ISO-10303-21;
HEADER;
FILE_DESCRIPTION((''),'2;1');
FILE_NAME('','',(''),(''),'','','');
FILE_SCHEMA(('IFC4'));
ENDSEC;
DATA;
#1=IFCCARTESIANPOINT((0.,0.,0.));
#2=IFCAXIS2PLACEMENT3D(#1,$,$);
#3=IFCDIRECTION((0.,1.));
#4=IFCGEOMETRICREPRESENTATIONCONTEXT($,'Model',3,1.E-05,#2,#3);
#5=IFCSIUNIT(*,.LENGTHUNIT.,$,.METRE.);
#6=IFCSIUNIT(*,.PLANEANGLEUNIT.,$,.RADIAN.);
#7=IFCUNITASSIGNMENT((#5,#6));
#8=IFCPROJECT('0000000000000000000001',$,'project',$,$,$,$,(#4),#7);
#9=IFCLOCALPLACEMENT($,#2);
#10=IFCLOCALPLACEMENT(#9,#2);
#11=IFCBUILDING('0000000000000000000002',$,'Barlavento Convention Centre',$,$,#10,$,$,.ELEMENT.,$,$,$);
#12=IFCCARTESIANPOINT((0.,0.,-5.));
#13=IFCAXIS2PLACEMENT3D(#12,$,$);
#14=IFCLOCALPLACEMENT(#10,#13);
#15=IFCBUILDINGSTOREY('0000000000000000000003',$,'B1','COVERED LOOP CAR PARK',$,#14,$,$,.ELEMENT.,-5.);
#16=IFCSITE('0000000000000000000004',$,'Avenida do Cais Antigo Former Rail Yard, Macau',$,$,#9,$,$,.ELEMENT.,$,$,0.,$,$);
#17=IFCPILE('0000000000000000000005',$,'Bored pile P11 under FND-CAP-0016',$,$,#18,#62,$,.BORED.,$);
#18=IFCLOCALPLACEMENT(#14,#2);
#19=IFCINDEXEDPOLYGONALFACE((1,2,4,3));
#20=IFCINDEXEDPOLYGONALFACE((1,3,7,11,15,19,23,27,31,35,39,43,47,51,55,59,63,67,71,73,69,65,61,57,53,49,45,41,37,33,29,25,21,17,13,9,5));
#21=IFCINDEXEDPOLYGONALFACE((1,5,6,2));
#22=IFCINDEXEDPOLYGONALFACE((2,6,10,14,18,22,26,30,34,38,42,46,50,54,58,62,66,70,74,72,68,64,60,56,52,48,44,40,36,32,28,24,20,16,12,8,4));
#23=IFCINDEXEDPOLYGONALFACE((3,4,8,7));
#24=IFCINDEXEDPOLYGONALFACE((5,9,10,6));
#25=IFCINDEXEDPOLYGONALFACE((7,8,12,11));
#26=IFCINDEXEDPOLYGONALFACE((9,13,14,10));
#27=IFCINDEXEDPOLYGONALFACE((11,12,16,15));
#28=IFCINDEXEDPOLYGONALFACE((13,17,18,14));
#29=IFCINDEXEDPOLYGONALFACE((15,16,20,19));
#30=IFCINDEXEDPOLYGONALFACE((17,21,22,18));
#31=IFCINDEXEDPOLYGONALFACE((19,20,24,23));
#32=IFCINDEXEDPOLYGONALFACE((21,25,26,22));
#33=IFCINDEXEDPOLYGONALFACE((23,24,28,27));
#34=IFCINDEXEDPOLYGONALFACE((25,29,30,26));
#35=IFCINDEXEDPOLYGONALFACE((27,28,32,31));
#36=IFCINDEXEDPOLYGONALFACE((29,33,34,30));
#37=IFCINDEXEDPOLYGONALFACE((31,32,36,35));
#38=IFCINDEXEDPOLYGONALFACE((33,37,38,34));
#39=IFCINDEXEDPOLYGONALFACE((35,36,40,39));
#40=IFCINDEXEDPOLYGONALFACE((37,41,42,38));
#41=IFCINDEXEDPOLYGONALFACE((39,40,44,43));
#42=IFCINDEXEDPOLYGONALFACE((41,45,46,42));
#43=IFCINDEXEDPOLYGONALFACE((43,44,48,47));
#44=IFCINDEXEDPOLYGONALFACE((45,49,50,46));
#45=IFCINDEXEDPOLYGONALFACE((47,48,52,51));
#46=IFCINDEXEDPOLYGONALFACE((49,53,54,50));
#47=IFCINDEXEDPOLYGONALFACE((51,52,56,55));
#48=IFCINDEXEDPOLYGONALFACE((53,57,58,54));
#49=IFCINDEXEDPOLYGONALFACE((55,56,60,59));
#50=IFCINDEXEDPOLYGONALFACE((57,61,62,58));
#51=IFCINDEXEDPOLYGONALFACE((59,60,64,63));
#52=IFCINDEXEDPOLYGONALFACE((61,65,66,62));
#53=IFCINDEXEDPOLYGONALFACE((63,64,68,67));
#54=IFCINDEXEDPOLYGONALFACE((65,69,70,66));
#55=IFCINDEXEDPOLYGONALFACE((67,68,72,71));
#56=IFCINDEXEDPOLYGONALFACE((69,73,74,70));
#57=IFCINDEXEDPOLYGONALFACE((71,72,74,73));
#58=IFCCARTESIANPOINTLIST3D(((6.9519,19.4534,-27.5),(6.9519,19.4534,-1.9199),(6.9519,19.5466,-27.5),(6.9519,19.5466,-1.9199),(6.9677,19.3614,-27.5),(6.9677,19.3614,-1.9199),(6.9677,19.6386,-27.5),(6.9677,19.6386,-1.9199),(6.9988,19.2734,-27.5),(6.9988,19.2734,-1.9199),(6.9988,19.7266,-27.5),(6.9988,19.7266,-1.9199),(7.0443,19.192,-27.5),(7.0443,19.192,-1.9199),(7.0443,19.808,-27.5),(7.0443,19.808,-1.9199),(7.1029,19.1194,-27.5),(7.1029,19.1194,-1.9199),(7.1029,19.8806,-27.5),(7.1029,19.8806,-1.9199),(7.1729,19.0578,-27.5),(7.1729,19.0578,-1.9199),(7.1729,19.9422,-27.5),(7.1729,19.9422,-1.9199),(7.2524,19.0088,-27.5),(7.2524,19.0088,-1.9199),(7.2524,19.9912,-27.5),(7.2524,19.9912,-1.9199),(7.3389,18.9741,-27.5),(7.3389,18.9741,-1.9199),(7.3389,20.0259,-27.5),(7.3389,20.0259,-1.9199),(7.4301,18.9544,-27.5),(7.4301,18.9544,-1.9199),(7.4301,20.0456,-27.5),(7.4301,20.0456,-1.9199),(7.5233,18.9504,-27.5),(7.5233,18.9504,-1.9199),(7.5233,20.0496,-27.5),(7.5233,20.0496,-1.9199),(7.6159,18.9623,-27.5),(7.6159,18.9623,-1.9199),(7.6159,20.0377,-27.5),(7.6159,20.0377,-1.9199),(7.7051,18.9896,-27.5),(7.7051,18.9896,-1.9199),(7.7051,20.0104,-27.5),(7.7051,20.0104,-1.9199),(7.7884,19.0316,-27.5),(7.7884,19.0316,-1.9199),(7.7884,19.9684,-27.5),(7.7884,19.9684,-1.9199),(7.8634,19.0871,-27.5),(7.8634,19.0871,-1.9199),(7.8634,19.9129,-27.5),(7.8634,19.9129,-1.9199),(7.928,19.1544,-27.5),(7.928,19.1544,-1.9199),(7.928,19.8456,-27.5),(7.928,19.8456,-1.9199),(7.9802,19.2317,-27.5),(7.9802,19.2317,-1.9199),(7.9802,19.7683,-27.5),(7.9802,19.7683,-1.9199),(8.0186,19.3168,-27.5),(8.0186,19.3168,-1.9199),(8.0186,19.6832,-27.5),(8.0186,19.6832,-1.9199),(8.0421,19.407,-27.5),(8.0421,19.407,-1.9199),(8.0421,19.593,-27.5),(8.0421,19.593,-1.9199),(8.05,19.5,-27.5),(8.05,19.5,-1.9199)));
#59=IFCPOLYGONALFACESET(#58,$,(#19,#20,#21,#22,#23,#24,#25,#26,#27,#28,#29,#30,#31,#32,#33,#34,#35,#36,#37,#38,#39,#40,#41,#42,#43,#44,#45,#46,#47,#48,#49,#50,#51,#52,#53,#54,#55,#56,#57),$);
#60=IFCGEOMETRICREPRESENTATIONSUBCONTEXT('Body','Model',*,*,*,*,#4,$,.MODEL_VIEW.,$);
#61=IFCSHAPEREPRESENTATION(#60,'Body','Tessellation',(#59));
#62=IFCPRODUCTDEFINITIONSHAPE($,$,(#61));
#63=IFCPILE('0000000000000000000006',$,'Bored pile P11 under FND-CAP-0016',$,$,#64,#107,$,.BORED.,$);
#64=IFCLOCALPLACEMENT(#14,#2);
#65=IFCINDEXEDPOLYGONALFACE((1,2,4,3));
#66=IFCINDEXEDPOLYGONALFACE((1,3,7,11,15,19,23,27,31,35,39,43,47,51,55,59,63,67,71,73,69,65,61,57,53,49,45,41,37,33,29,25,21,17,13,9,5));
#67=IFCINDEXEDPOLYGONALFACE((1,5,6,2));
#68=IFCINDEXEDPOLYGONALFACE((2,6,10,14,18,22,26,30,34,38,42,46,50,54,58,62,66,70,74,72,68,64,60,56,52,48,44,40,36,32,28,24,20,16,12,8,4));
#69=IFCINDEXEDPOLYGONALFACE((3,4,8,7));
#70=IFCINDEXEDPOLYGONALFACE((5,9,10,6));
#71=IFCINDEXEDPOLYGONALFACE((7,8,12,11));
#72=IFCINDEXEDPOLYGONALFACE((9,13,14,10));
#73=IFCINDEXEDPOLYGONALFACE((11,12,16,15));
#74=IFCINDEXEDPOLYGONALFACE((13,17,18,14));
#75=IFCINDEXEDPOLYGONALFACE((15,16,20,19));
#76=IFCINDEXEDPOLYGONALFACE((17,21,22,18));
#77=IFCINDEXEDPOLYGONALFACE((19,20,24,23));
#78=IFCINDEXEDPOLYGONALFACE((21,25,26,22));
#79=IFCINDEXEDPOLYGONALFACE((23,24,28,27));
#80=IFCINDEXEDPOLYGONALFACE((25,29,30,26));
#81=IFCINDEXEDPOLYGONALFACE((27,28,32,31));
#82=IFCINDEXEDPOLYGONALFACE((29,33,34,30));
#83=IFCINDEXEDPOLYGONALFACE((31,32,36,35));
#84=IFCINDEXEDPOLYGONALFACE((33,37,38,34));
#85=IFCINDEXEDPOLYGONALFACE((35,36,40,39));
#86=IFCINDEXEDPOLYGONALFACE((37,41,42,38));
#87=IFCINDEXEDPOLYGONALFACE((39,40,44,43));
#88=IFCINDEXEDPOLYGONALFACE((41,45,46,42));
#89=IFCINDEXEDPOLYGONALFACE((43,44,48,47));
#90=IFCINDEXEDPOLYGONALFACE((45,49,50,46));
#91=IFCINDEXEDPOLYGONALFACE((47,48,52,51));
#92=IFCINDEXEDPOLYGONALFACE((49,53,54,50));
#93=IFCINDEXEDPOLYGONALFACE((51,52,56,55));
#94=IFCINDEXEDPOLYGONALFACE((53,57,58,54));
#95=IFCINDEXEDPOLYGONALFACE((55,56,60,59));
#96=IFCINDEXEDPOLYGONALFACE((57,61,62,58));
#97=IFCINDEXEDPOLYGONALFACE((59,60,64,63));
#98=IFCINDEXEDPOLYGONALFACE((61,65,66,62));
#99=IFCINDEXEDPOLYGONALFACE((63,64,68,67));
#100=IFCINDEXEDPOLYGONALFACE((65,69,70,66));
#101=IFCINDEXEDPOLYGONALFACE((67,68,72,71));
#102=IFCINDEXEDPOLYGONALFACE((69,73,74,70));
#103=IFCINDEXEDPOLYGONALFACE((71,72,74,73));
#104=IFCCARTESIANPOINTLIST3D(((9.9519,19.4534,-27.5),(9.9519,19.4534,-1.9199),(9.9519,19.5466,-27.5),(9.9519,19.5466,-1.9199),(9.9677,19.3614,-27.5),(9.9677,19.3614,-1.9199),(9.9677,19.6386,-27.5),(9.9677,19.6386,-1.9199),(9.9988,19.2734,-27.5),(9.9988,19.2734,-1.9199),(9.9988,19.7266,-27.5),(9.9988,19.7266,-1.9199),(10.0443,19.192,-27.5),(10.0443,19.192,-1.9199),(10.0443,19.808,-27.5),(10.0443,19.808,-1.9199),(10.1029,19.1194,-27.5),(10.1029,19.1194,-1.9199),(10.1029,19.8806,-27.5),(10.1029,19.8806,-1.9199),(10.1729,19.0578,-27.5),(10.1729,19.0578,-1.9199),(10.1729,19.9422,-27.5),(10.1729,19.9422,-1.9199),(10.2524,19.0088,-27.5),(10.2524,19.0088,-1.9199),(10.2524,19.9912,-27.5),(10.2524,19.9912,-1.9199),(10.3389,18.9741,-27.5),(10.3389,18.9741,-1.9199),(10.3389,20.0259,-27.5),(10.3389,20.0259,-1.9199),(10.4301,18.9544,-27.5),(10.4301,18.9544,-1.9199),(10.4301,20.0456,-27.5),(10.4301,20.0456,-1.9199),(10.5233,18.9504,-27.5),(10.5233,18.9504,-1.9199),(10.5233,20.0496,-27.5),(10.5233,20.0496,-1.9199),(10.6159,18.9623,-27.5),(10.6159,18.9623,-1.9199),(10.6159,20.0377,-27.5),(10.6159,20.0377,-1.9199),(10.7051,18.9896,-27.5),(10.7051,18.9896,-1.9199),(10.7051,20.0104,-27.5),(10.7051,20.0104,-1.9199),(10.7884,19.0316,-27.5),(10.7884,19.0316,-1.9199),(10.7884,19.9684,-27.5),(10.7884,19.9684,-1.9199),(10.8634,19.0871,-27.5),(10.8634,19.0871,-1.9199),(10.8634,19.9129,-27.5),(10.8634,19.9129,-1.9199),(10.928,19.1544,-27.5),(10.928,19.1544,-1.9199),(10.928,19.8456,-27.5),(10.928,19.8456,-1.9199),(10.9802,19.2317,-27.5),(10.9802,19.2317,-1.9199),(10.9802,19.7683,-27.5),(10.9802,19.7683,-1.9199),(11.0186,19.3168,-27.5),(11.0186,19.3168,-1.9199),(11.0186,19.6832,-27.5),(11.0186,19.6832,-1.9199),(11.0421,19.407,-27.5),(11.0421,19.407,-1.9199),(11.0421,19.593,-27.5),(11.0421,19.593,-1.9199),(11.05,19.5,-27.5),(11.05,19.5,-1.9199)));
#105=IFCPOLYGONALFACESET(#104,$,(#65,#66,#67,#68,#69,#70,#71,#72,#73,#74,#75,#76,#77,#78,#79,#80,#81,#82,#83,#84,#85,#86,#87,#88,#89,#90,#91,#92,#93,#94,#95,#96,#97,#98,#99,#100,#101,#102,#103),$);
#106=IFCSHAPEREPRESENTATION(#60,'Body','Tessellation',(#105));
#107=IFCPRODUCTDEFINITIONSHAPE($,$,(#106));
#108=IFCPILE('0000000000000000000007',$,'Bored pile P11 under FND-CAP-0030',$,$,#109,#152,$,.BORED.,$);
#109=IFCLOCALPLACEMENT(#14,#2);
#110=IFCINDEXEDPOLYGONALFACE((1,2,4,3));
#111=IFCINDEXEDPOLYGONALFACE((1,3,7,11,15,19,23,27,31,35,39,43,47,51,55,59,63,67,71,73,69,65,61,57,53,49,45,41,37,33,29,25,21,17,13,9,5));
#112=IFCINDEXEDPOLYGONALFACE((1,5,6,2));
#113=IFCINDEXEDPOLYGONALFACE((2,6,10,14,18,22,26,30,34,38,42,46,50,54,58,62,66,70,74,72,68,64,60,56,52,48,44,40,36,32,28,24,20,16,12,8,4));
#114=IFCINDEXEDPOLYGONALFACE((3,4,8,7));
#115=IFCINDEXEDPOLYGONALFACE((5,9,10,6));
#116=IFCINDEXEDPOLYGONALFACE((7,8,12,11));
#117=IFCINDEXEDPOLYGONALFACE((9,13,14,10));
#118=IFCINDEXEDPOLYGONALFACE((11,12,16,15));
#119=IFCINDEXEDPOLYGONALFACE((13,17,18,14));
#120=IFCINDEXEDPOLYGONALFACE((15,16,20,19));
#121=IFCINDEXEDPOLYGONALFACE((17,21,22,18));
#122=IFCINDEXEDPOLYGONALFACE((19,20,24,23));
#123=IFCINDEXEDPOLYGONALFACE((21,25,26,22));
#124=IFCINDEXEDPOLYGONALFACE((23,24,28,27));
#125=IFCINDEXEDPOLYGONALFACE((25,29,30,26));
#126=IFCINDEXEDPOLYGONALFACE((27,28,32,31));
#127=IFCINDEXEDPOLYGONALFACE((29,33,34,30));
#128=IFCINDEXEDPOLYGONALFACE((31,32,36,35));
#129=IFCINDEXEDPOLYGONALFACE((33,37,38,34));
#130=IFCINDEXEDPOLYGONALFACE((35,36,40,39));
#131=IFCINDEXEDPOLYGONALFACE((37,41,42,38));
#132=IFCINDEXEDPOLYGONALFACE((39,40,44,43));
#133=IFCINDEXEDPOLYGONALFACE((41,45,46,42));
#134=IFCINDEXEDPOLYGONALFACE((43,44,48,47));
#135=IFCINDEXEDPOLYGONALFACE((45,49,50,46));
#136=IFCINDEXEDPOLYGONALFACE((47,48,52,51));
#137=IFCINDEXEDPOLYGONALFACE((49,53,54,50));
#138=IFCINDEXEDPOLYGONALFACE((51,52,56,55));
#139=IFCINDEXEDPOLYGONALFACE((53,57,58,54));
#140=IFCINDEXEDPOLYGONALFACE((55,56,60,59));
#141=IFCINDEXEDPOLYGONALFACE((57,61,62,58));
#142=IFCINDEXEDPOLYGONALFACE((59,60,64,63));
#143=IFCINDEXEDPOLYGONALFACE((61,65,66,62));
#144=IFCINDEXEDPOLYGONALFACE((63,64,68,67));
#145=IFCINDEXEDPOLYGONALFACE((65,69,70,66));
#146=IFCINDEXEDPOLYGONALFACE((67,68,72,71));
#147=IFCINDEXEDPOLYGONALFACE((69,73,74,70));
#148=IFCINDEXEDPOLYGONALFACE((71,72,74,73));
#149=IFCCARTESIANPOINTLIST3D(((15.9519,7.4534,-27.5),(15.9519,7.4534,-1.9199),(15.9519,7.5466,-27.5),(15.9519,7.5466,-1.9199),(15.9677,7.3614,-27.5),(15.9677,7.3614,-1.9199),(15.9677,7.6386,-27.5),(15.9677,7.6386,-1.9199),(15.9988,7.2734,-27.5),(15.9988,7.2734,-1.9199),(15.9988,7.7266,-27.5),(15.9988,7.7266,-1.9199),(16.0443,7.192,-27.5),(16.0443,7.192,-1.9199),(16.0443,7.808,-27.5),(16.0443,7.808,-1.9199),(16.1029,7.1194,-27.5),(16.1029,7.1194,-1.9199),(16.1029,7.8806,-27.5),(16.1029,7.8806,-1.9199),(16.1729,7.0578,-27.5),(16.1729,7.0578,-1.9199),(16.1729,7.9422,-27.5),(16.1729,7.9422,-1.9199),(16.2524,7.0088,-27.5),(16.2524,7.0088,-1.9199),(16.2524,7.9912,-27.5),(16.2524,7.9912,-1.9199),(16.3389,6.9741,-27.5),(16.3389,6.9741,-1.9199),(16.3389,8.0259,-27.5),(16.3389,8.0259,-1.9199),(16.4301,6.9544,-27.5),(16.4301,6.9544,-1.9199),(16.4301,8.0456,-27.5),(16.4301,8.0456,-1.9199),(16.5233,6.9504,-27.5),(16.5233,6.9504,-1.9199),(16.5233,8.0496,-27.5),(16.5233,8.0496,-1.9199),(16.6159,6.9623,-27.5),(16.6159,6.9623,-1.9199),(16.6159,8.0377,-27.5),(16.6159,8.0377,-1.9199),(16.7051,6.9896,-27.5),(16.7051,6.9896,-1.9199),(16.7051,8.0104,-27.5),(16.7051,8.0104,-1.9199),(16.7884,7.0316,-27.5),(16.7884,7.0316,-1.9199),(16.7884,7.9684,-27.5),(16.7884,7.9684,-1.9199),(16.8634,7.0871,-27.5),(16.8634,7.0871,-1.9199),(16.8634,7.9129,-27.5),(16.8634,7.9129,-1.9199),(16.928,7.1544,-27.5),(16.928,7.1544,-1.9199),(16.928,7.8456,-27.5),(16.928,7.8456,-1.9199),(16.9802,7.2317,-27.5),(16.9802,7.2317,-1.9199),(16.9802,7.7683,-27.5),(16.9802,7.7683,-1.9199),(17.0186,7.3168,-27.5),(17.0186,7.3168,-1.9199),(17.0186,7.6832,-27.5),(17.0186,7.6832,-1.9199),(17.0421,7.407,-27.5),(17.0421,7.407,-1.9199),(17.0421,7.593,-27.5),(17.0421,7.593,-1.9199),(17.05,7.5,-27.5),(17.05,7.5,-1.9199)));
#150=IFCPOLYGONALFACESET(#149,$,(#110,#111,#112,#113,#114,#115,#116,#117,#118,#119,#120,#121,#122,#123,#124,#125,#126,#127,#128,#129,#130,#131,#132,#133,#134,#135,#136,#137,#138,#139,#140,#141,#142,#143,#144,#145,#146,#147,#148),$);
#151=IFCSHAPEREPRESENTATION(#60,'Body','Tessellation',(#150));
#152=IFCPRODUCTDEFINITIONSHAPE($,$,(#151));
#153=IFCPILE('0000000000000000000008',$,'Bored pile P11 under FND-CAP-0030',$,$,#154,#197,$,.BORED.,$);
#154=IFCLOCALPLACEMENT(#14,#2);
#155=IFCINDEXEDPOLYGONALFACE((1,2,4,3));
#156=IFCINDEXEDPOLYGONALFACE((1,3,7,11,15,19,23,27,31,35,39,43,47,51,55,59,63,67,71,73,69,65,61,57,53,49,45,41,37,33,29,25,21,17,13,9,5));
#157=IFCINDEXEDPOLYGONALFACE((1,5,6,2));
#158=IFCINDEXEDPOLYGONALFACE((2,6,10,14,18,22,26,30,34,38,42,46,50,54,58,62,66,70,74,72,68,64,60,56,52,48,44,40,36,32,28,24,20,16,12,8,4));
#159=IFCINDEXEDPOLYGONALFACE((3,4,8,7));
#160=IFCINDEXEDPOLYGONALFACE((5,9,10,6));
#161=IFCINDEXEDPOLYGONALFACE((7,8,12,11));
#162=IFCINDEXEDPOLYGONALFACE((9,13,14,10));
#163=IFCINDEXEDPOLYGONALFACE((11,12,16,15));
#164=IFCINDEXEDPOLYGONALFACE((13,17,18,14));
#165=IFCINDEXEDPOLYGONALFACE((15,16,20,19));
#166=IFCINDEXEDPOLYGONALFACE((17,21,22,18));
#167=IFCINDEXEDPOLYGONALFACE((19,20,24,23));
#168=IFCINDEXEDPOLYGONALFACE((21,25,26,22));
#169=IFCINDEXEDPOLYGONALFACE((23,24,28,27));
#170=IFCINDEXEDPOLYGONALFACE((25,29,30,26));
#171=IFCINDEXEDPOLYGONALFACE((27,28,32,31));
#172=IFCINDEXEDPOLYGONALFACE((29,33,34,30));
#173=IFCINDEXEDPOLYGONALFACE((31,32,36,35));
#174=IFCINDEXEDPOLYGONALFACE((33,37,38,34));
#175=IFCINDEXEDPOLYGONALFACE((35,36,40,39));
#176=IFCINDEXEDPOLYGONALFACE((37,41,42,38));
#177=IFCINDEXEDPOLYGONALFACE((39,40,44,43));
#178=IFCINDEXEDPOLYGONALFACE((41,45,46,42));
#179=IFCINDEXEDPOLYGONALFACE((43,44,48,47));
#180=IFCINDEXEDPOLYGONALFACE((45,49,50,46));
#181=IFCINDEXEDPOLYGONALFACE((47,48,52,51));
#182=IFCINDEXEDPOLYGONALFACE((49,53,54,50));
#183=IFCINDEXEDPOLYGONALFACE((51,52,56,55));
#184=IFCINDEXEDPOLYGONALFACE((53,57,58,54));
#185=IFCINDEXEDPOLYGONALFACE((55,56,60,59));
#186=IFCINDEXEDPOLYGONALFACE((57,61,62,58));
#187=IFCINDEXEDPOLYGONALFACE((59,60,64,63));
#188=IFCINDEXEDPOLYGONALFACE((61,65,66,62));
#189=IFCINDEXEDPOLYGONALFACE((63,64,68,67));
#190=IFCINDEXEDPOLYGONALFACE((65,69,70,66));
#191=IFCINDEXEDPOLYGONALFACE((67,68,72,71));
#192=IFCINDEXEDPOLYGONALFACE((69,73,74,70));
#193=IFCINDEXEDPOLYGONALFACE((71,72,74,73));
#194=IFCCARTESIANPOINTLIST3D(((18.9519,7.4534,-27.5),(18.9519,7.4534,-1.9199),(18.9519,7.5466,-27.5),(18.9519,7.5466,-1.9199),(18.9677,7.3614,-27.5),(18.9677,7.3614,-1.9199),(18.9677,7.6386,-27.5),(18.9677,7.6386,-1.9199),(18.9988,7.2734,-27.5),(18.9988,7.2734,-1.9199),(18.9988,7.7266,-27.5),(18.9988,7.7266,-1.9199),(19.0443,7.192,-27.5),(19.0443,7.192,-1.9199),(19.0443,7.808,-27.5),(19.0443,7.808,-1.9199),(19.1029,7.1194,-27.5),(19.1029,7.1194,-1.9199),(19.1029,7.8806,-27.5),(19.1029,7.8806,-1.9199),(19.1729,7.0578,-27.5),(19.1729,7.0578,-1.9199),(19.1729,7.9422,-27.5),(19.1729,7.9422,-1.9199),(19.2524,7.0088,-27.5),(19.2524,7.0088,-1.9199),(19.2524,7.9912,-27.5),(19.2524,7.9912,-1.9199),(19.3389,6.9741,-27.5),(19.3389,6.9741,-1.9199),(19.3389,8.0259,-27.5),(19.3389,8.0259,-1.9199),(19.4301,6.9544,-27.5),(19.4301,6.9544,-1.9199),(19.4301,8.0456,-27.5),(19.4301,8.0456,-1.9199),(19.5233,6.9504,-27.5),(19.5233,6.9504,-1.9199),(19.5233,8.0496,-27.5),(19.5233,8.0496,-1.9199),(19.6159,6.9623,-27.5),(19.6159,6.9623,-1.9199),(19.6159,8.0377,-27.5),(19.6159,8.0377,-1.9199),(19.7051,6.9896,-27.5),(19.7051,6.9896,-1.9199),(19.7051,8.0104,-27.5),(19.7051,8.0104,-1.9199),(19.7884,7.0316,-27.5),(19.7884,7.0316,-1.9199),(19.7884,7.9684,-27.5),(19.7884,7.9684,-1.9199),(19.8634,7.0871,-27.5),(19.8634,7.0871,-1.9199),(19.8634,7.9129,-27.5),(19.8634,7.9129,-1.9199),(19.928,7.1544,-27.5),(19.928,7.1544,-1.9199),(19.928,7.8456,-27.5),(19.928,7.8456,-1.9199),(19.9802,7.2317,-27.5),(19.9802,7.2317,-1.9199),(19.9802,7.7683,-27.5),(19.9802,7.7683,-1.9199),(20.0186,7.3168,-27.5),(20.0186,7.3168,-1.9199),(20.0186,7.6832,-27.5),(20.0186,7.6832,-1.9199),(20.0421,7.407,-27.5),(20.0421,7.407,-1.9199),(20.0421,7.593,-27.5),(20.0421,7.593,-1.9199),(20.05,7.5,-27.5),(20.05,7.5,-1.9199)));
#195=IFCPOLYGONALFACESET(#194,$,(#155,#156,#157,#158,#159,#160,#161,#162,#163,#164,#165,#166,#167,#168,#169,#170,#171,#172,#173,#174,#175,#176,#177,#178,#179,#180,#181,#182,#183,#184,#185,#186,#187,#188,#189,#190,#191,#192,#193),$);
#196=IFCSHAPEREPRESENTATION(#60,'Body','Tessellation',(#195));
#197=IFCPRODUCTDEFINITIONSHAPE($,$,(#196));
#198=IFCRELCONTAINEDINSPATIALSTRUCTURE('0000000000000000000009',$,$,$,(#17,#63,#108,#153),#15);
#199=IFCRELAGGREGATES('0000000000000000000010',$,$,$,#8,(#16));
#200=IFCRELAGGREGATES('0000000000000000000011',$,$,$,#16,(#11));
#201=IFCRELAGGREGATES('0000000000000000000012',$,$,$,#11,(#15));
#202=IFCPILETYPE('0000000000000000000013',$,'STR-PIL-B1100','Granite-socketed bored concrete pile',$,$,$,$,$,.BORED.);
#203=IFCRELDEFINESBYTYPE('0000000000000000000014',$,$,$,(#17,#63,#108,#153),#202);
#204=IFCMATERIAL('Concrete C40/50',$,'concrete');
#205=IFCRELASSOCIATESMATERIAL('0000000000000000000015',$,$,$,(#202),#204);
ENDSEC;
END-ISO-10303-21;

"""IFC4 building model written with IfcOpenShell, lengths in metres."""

from ifc_helpers import new_model, si_unit, direction, frame, origin, origin_2d, place, context, subcontext, project, spatial, circle, extrude, material, material_profile, profile_set, type_object, element, save


model = new_model("IFC4")

# Units and contexts
model_context = context("Model", 3, precision=1e-05, world=origin(), true_north=direction((0.0, 1.0)))
body_context = subcontext(model_context, "Body", "Model", "MODEL_VIEW")
ifc_project = project(units=[si_unit("LENGTHUNIT", "METRE"), si_unit("PLANEANGLEUNIT", "RADIAN")], contexts=[model_context])

# Site, building, storey
site_placement = place(None, origin())
site = spatial("IfcSite", under=ifc_project, at=site_placement, Name="Avenida do Cais Antigo Former Rail Yard, Macau", CompositionType="ELEMENT", RefElevation=0.0)
building_placement = place(site_placement, origin())
building = spatial("IfcBuilding", under=site, at=building_placement, Name="Barlavento Convention Centre", CompositionType="ELEMENT")
storey_placement = place(building_placement, frame((0.0, 0.0, -5.0)))
storey = spatial("IfcBuildingStorey", under=building, at=storey_placement, Name="B1", Description="COVERED LOOP CAR PARK", CompositionType="ELEMENT", Elevation=-5.0)

# Shared definitions
ifc_material_1 = material(Name="Concrete C40/50", Category="concrete")

# Piles
ifc_material_profile_1 = material_profile(ifc_material_1, circle(Radius=0.55, at=origin_2d()), Name="BORED PILE 1100")
ifc_profile_set_1 = profile_set([ifc_material_profile_1], Name="Concrete C40/50")
pile_type_1 = type_object("IfcPileType", Name="STR-PIL-B1100", Description="Granite-socketed bored concrete pile", PredefinedType="BORED", material=ifc_profile_set_1)
for number, where, z_axis, x_axis, name in (
    (1, (7.5, 19.5, -1.9199), (0.0, 0.0, -1.0), (1.0, 0.0, 0.0), "Bored pile P11 under FND-CAP-0016"),
    (2, (10.5, 19.5, -1.9199), (0.0, 0.0, -1.0), (1.0, 0.0, 0.0), "Bored pile P11 under FND-CAP-0016"),
    (3, (16.5, 7.5, -1.9199), (0.0, 0.0, -1.0), (1.0, 0.0, 0.0), "Bored pile P11 under FND-CAP-0030"),
    (4, (19.5, 7.5, -1.9199), (0.0, 0.0, -1.0), (1.0, 0.0, 0.0), "Bored pile P11 under FND-CAP-0030"),
):
    element("IfcPile", number, at=place(storey_placement, frame(where, z_axis=z_axis, x_axis=x_axis)), inside=storey, type_object=pile_type_1, Name=name, PredefinedType="BORED", context=body_context, shape_type="SweptSolid", body=[
        extrude(circle(Radius=0.55, at=origin_2d()), origin(), (0.0, 0.0, 1.0), 25.5801),
    ])

save(model, "model.ifc")
